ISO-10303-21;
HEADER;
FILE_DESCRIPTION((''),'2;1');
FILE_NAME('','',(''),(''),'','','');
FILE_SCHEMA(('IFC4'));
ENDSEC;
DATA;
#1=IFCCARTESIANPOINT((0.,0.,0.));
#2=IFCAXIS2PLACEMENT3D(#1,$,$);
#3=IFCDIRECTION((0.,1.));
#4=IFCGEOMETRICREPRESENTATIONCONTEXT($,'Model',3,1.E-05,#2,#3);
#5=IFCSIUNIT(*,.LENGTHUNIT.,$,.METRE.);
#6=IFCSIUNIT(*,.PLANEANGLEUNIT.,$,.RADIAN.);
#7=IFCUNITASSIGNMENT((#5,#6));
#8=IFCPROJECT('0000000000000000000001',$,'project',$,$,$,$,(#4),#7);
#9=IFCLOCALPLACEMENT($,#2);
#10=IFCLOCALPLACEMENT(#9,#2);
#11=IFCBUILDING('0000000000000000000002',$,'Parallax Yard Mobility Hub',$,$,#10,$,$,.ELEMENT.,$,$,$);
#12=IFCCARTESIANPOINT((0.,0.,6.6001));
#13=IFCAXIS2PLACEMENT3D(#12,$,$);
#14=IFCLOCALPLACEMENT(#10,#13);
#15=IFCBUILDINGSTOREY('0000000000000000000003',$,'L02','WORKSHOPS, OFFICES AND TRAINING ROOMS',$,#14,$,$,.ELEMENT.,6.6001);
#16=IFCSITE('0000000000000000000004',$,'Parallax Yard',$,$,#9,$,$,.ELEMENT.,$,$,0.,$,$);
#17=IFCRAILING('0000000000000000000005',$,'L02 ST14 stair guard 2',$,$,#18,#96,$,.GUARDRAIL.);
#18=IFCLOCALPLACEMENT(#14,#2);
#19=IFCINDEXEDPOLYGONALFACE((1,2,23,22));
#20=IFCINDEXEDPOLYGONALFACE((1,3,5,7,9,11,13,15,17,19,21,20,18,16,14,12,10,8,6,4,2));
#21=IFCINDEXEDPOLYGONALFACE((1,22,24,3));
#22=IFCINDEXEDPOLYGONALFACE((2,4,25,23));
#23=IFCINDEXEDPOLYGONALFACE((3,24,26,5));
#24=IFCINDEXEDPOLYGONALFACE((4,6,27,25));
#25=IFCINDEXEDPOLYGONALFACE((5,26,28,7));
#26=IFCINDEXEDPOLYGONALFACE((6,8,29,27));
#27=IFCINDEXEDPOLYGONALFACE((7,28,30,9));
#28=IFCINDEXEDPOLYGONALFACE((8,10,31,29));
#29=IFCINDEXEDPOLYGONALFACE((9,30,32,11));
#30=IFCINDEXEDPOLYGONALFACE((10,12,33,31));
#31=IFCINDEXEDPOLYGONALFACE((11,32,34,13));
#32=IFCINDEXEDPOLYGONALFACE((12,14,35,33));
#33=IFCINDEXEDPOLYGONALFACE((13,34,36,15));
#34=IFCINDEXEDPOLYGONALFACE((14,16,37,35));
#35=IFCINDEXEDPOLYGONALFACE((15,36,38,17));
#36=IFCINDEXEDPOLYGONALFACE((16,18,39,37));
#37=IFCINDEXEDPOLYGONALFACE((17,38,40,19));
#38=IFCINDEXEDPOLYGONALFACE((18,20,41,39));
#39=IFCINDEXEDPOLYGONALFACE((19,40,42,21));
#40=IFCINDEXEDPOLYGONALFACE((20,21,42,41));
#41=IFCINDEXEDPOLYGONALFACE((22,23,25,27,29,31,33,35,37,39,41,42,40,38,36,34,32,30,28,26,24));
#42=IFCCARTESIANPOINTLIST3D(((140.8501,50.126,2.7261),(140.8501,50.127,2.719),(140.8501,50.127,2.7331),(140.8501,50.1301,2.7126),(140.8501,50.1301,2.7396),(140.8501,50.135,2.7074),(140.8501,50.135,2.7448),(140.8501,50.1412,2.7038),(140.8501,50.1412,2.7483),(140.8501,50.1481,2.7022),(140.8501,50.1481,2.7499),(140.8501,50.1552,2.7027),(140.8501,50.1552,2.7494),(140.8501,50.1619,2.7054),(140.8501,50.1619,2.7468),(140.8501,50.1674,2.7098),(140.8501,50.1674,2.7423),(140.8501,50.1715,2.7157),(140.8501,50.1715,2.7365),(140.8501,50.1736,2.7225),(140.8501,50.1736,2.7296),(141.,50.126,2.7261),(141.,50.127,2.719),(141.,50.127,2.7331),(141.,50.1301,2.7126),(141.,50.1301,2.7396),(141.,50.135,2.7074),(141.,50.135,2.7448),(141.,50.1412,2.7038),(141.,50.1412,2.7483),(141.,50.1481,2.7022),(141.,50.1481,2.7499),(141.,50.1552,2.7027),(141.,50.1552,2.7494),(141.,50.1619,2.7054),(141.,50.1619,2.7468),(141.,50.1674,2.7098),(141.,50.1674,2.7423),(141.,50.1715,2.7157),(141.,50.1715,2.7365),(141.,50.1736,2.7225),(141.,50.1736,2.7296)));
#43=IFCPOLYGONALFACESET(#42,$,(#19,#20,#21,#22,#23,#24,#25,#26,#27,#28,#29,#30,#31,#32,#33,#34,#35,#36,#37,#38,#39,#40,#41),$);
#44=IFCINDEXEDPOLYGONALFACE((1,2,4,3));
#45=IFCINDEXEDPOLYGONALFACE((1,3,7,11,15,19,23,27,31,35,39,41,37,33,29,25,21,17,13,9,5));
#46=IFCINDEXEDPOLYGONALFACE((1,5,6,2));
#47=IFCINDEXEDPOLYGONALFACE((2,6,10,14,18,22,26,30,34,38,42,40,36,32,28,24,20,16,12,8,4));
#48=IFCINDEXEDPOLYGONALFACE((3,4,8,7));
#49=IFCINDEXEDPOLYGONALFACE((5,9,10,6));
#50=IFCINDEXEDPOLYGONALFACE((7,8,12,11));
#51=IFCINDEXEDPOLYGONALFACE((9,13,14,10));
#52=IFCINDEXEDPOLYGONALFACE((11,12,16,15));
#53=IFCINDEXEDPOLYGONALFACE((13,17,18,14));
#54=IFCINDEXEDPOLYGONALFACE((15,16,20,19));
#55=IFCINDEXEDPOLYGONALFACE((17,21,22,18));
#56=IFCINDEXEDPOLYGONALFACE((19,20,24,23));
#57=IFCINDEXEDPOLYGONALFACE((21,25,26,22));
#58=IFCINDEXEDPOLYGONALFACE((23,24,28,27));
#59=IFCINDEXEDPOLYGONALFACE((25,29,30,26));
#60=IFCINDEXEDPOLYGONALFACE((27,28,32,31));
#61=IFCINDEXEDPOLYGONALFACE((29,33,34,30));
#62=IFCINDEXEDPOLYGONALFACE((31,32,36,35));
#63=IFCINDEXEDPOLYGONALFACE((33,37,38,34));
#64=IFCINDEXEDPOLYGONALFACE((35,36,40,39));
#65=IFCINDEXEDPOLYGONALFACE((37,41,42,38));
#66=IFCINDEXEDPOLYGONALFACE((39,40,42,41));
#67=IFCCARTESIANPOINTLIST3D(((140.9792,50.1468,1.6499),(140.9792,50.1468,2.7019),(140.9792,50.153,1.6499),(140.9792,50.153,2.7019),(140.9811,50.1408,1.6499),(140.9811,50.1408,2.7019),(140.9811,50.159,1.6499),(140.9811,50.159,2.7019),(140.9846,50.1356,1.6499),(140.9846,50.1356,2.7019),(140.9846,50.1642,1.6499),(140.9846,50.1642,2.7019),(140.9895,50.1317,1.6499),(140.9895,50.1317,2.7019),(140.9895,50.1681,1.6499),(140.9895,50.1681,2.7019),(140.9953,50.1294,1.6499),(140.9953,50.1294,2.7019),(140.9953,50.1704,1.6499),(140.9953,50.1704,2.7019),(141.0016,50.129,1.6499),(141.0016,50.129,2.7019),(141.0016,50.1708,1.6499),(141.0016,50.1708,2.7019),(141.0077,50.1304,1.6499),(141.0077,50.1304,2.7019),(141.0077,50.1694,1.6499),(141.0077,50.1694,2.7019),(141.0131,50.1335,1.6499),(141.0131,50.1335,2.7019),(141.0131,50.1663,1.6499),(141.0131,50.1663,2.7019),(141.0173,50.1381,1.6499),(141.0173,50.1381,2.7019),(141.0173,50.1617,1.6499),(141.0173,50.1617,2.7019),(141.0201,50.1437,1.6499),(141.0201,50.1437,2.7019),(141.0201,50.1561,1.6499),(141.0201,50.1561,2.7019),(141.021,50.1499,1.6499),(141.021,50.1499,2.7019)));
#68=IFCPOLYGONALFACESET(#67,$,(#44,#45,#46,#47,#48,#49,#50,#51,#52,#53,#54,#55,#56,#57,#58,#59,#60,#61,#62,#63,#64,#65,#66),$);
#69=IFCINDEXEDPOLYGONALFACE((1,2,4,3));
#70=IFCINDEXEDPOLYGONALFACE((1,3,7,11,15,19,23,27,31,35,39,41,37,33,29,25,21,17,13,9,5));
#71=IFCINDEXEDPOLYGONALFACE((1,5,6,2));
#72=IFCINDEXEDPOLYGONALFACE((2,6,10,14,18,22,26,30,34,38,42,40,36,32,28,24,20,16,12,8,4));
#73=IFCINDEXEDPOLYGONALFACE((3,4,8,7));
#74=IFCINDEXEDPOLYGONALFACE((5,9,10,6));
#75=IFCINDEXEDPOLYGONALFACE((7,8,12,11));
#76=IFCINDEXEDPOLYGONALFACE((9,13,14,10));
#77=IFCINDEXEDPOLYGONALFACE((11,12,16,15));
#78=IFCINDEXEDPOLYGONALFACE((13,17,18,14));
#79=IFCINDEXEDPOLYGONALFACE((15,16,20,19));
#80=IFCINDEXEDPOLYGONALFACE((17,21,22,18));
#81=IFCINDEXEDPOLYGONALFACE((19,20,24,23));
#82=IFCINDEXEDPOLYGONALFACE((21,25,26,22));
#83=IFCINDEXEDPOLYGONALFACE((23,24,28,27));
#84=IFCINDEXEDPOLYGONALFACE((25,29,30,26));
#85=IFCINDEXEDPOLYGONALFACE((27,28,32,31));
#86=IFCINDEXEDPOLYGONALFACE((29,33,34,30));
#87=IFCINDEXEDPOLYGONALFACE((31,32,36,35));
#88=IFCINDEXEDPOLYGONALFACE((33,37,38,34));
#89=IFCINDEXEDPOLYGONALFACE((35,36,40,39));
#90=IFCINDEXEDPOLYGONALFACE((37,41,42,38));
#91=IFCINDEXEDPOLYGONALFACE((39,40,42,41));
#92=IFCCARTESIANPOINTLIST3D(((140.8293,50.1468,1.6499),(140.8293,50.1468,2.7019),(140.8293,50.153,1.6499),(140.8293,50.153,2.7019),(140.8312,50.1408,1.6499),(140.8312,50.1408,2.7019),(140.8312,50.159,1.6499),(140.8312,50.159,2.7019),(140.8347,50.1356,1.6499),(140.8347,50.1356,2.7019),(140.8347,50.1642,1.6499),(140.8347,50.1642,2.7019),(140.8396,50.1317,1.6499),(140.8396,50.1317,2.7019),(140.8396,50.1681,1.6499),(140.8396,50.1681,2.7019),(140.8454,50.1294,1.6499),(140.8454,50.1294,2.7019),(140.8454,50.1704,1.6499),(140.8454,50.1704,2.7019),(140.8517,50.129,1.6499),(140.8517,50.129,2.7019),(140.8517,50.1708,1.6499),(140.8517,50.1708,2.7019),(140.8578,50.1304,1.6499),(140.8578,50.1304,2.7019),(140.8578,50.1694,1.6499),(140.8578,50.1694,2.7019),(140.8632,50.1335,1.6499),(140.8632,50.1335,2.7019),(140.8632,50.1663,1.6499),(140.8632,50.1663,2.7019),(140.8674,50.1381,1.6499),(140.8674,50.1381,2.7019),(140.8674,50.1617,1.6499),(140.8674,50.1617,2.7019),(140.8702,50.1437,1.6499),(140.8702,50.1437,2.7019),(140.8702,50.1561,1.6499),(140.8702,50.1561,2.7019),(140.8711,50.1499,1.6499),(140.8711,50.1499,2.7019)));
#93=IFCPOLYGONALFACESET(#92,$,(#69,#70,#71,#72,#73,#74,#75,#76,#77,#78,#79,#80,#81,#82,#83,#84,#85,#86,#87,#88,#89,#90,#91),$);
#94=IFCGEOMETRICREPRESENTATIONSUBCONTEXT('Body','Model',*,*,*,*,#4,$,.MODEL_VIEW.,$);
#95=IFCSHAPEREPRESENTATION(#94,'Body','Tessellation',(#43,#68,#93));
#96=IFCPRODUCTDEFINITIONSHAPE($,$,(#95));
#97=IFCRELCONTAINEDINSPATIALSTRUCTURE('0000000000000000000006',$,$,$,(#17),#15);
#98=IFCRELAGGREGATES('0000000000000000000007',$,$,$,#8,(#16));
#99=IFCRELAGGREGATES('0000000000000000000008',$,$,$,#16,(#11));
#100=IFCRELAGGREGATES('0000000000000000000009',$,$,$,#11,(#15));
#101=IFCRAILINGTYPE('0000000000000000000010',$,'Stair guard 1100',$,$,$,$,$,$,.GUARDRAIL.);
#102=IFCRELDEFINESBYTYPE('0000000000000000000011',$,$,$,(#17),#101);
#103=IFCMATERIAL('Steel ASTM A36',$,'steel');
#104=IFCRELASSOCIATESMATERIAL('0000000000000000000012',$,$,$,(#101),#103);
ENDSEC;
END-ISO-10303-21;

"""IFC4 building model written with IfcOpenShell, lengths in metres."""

from ifc_helpers import new_model, si_unit, direction, frame, origin, origin_2d, place, context, subcontext, project, spatial, circle, extrude, material, type_object, element, save


model = new_model("IFC4")

# Units and contexts
model_context = context("Model", 3, precision=1e-05, world=origin(), true_north=direction((0.0, 1.0)))
body_context = subcontext(model_context, "Body", "Model", "MODEL_VIEW")
ifc_project = project(units=[si_unit("LENGTHUNIT", "METRE"), si_unit("PLANEANGLEUNIT", "RADIAN")], contexts=[model_context])

# Site, building, storey
site_placement = place(None, origin())
site = spatial("IfcSite", under=ifc_project, at=site_placement, Name="Parallax Yard", CompositionType="ELEMENT", RefElevation=0.0)
building_placement = place(site_placement, origin())
building = spatial("IfcBuilding", under=site, at=building_placement, Name="Parallax Yard Mobility Hub", CompositionType="ELEMENT")
storey_placement = place(building_placement, frame((0.0, 0.0, 6.6001)))
storey = spatial("IfcBuildingStorey", under=building, at=storey_placement, Name="L02", Description="WORKSHOPS, OFFICES AND TRAINING ROOMS", CompositionType="ELEMENT", Elevation=6.6001)

# Railing
ifc_material_1 = material(Name="Steel ASTM A36", Category="steel")
railing_type_1 = type_object("IfcRailingType", Name="Stair guard 1100", PredefinedType="GUARDRAIL", material=ifc_material_1)
railing_1_placement = place(storey_placement, frame((141.0, 50.1499, 1.6499)))
element("IfcRailing", 1, at=railing_1_placement, inside=storey, type_object=railing_type_1, Name="L02 ST14 stair guard 2", PredefinedType="GUARDRAIL", context=body_context, shape_type="SweptSolid", body=[
    extrude(circle(Radius=0.0239, at=origin_2d()), frame((0.0, 0.0, 1.0762), z_axis=(-1.0, 0.0, 0.0), x_axis=(0.0, -1.0, 0.0)), (0.0, 0.0, 1.0), 0.1499),
    extrude(circle(Radius=0.021, at=origin_2d()), origin(), (0.0, 0.0, 1.0), 1.052),
    extrude(circle(Radius=0.021, at=origin_2d()), frame((-0.1499, 0.0, 0.0)), (0.0, 0.0, 1.0), 1.052),
])

save(model, "model.ifc")
